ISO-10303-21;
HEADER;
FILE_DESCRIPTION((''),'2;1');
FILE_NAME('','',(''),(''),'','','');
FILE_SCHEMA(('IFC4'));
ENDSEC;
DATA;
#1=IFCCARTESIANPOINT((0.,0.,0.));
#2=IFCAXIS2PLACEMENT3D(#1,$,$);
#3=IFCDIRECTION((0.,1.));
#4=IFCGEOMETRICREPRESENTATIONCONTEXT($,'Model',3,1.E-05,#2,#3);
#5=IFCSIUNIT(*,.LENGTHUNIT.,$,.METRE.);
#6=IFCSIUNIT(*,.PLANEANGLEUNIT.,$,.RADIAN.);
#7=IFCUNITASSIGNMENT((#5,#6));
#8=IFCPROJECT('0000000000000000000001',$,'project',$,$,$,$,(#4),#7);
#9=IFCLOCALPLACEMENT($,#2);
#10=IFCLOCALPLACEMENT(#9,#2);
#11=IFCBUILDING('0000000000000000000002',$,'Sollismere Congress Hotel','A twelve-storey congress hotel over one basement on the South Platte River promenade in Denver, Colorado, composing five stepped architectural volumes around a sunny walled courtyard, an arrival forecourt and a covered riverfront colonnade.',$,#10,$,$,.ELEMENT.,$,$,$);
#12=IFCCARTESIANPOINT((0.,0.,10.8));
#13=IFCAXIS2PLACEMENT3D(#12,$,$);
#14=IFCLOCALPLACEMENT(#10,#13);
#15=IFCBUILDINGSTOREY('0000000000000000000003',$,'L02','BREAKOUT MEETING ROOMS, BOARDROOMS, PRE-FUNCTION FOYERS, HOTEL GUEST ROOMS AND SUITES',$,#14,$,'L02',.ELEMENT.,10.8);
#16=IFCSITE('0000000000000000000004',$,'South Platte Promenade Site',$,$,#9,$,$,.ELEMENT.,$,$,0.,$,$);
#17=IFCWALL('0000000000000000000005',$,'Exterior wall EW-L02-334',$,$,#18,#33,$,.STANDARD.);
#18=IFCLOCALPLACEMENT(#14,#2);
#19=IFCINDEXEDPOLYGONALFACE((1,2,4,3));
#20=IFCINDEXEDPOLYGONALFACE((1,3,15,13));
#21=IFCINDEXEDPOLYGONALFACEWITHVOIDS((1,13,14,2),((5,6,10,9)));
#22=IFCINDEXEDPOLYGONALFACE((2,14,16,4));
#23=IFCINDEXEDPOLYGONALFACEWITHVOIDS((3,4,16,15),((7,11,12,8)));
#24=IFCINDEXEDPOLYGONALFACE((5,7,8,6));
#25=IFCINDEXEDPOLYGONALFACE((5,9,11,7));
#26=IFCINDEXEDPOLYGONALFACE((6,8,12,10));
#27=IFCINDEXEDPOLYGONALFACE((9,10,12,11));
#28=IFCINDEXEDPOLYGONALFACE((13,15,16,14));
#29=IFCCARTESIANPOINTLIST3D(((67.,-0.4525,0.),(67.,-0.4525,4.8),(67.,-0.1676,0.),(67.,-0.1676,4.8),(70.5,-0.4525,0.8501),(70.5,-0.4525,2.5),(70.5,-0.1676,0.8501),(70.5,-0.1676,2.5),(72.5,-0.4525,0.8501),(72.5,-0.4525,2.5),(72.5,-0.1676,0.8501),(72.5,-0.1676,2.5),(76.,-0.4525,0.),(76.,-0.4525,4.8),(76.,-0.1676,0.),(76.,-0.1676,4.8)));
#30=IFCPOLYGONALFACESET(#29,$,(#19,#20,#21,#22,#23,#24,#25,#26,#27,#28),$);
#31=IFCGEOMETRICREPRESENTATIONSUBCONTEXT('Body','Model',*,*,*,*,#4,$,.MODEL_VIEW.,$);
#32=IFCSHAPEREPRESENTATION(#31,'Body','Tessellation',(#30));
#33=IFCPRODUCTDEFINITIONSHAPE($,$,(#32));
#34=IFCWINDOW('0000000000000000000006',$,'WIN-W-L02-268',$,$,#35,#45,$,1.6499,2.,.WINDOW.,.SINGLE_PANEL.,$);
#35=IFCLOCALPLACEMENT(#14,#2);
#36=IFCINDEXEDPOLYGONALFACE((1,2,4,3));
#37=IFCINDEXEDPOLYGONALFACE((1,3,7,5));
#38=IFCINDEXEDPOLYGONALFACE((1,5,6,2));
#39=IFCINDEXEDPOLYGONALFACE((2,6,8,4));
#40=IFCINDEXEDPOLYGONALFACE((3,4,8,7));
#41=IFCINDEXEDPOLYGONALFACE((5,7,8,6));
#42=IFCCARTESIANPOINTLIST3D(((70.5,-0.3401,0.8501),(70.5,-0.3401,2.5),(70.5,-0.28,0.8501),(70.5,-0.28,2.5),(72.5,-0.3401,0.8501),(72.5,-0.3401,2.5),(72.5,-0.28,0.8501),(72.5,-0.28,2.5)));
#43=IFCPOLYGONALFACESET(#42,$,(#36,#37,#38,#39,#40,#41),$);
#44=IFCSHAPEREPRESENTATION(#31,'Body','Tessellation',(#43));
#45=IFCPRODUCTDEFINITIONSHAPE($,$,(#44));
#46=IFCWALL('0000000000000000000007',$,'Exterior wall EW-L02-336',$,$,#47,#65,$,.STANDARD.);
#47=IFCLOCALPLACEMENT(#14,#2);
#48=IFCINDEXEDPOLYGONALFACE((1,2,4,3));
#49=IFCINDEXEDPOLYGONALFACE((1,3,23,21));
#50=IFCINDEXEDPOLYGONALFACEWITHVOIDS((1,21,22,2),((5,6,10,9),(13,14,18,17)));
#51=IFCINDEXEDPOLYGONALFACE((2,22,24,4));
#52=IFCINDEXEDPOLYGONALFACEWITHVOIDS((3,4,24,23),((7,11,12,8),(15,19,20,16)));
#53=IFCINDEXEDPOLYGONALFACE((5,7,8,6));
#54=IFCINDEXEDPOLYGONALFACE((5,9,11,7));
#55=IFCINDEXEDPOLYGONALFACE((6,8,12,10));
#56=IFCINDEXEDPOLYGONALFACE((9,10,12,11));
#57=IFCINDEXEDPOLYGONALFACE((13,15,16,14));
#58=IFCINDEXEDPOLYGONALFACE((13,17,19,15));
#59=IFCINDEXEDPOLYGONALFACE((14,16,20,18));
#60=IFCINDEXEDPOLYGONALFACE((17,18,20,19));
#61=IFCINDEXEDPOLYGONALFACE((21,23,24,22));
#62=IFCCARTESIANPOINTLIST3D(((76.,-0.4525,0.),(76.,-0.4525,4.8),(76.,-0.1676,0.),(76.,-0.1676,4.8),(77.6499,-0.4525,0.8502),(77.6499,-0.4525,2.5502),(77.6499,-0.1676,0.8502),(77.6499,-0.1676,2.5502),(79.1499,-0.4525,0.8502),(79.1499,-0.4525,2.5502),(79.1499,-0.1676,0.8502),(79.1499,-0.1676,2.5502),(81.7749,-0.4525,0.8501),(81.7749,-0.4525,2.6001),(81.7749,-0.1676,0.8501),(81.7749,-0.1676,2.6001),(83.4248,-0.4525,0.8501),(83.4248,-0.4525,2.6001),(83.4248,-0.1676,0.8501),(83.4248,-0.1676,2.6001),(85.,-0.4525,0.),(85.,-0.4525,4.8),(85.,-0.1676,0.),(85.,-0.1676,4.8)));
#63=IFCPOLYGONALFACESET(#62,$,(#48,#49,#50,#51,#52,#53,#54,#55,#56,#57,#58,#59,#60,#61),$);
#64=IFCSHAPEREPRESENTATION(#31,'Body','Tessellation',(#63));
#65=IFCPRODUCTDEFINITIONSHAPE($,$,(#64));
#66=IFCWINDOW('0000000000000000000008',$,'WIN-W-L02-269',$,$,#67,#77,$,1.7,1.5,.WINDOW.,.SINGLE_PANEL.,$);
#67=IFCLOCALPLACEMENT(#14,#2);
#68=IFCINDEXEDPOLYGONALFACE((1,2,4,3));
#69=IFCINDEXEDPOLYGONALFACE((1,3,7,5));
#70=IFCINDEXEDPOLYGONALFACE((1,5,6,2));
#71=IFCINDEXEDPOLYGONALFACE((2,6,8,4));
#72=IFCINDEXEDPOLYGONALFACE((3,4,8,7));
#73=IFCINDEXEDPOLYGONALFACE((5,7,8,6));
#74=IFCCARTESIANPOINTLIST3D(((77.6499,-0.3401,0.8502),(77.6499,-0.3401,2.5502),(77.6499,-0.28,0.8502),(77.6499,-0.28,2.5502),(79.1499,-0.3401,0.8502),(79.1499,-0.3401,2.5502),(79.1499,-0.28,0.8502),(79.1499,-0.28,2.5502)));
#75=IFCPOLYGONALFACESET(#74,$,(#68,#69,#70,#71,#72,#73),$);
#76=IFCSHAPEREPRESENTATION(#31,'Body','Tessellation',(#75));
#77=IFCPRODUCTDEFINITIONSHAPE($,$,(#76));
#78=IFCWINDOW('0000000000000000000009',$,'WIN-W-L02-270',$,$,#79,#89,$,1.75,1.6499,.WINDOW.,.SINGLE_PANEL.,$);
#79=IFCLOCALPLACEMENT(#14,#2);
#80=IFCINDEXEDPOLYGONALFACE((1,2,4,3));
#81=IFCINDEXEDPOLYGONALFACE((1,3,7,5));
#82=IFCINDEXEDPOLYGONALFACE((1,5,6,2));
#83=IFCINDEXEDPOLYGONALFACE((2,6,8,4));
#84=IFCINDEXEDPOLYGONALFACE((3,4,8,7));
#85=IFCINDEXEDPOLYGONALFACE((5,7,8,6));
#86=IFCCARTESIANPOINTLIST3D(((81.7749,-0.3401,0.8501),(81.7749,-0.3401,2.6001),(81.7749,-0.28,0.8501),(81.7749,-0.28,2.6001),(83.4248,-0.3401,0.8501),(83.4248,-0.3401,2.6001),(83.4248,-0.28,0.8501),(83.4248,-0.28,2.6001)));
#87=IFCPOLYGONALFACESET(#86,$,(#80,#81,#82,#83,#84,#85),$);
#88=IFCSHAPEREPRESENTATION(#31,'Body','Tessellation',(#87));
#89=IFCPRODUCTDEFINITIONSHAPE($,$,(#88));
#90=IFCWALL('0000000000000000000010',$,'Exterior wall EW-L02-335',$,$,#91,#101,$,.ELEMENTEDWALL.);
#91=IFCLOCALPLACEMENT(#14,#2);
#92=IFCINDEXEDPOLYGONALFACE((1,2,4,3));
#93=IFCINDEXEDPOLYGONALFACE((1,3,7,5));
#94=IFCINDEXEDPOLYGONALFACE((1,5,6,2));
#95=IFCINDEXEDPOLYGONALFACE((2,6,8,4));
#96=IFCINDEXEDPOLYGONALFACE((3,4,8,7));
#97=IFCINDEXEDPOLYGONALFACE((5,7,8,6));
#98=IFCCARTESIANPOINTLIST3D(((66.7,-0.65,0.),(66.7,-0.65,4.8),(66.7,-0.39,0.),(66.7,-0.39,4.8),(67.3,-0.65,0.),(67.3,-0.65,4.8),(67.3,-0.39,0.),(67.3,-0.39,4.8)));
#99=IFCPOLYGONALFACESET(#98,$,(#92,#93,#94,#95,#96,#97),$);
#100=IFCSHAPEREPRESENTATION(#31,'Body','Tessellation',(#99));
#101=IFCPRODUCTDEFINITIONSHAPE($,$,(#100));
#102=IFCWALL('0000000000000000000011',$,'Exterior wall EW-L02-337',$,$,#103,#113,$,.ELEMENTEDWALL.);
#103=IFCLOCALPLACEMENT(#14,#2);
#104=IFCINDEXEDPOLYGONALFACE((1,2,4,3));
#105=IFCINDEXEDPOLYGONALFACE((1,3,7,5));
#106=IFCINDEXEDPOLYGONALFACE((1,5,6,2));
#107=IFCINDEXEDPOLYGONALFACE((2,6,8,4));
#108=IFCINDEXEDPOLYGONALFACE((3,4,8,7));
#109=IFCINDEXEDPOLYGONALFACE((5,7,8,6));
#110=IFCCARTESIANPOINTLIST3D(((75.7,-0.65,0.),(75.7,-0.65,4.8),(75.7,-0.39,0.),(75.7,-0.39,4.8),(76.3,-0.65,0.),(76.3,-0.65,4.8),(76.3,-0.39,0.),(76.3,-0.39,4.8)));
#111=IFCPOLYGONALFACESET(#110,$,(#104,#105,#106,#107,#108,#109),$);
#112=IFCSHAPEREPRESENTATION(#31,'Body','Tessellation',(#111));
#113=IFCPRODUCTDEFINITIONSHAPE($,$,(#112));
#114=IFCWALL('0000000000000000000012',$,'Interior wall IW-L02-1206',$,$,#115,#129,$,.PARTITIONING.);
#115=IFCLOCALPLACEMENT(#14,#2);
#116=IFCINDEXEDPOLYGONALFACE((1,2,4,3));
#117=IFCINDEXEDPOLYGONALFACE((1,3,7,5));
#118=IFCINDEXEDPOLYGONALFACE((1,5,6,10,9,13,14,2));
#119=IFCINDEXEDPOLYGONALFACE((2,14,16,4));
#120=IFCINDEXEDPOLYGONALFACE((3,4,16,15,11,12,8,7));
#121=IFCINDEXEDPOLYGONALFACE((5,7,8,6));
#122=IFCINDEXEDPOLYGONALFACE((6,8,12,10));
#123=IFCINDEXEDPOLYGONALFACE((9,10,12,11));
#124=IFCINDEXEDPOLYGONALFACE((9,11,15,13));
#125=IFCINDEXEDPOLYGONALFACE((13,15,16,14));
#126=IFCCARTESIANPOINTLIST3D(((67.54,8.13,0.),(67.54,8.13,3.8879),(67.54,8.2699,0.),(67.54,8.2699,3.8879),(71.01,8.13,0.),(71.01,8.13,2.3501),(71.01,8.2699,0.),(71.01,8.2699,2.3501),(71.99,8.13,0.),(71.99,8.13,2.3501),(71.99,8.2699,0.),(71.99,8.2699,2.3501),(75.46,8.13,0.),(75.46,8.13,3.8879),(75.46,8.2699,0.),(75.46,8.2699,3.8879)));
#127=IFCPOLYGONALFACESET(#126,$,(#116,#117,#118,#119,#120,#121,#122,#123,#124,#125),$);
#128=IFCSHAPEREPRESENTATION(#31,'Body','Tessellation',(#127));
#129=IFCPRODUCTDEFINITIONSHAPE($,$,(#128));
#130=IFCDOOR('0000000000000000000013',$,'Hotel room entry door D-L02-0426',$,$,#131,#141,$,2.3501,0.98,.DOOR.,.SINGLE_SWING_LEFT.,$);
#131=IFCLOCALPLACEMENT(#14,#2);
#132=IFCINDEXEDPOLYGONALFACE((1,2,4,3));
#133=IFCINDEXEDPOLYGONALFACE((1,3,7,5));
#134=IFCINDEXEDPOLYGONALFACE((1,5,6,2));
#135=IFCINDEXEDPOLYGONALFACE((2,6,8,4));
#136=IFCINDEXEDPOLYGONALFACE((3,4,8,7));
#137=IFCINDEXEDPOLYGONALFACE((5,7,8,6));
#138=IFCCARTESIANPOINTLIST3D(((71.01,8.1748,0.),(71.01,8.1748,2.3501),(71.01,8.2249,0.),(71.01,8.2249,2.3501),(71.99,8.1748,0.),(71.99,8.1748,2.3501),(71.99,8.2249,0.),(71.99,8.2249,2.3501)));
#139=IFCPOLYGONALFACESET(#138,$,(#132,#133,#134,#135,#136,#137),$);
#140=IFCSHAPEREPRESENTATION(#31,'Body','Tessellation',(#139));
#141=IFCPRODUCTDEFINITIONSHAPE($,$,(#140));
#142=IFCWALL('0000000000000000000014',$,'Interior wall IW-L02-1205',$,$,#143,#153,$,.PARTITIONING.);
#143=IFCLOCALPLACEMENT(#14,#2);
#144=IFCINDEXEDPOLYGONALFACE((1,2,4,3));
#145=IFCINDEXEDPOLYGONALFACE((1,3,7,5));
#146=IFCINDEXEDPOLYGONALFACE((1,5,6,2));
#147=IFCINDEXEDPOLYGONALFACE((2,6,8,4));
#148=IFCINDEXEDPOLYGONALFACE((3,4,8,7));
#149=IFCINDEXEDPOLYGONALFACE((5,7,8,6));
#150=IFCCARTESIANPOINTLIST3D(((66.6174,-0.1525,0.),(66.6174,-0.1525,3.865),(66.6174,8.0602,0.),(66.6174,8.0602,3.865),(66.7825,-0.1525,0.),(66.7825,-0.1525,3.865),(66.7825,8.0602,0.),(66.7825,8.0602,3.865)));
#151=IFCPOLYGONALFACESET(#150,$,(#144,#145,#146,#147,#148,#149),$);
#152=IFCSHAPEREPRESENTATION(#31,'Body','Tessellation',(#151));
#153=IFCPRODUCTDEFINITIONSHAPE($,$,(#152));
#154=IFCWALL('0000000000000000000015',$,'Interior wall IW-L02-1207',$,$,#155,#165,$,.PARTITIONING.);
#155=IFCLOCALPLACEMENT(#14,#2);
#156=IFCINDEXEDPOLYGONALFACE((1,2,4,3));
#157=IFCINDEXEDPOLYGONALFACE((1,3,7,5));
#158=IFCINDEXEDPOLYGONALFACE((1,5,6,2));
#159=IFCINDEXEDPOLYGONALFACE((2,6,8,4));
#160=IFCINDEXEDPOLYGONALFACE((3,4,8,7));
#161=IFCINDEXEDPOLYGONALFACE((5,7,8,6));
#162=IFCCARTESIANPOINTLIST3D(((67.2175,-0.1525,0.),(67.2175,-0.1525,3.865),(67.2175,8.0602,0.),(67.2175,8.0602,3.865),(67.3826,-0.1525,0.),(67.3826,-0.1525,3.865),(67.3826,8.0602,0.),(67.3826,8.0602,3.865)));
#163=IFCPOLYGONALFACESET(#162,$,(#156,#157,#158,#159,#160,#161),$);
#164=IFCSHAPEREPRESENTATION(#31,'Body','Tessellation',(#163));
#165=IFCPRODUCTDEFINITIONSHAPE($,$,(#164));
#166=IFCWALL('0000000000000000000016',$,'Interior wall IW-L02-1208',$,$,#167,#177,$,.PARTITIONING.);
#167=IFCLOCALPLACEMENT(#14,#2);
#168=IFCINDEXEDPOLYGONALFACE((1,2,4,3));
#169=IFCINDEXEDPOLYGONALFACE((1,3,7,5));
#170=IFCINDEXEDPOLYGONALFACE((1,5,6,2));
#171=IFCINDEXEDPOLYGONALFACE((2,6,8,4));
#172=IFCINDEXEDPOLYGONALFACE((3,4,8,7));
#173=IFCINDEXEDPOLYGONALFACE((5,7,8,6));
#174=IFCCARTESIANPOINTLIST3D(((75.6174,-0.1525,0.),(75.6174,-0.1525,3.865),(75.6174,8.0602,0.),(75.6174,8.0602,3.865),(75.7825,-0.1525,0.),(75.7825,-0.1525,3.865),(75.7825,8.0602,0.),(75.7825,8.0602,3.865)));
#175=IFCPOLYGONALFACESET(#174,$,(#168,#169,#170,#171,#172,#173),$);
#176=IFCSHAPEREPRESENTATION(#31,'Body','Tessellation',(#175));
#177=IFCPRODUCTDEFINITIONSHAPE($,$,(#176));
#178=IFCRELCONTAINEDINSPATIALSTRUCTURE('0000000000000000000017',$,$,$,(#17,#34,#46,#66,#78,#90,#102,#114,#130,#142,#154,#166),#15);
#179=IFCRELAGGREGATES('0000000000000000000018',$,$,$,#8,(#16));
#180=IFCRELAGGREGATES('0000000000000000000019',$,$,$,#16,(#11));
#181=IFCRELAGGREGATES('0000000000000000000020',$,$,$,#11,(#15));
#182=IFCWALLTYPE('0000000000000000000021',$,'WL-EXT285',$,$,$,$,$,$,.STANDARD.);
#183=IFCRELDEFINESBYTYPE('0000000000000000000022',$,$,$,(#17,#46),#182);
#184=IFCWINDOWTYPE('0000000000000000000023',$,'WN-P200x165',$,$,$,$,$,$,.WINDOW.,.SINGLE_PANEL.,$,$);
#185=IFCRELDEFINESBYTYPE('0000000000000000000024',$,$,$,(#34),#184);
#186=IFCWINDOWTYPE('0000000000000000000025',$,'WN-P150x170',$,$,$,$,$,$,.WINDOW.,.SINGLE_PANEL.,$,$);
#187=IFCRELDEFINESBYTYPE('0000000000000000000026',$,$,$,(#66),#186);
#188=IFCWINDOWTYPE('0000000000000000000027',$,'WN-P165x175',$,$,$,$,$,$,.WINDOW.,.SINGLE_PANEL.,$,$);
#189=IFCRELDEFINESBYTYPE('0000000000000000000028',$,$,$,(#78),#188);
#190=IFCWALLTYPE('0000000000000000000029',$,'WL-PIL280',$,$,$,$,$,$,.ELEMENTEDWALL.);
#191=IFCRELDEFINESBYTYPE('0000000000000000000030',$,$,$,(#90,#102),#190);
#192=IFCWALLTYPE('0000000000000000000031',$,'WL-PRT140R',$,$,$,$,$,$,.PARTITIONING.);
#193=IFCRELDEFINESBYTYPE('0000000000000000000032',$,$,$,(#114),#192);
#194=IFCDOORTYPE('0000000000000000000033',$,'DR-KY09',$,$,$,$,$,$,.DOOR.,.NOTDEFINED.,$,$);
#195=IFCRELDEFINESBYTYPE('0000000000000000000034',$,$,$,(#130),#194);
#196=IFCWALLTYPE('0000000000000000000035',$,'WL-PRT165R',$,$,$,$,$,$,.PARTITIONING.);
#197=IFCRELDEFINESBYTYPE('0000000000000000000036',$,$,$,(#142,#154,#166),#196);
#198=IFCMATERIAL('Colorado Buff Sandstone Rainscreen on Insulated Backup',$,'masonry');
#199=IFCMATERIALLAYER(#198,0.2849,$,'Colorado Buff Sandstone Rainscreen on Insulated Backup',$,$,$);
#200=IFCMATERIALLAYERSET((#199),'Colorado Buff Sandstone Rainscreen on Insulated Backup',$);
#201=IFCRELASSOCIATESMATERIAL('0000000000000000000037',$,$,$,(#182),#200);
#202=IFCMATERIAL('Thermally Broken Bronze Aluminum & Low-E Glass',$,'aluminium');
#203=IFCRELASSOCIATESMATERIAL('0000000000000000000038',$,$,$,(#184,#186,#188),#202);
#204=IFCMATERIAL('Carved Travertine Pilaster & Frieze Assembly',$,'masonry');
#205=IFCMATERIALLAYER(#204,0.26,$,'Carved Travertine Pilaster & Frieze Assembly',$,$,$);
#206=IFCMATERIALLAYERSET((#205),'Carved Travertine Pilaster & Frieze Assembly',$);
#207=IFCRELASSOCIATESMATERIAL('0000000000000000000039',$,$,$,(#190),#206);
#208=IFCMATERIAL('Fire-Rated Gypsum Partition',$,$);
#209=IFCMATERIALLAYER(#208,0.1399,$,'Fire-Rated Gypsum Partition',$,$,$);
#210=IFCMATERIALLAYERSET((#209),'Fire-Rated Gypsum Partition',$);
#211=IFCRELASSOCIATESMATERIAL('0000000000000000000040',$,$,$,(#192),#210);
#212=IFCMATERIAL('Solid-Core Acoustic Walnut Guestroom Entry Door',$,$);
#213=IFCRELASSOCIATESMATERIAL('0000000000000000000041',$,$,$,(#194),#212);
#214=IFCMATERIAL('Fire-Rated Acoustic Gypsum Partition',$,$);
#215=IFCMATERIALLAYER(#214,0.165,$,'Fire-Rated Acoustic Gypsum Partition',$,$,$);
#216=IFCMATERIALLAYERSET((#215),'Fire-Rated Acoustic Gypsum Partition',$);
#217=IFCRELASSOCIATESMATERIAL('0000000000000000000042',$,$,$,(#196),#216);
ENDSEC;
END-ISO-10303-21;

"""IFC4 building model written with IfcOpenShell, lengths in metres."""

from ifc_helpers import new_model, si_unit, direction, frame, frame_2d, origin, place, context, subcontext, project, spatial, rectangle, extrude, material, layer, layer_set, type_object, element, fill, save


model = new_model("IFC4")

# Units and contexts
model_context = context("Model", 3, precision=1e-05, world=origin(), true_north=direction((0.0, 1.0)))
body_context = subcontext(model_context, "Body", "Model", "MODEL_VIEW")
ifc_project = project(units=[si_unit("LENGTHUNIT", "METRE"), si_unit("PLANEANGLEUNIT", "RADIAN")], contexts=[model_context])

# Site, building, storey
site_placement = place(None, origin())
site = spatial("IfcSite", under=ifc_project, at=site_placement, Name="South Platte Promenade Site", CompositionType="ELEMENT", RefElevation=0.0)
building_placement = place(site_placement, origin())
building = spatial("IfcBuilding", under=site, at=building_placement, Name="Sollismere Congress Hotel", Description="A twelve-storey congress hotel over one basement on the South Platte River promenade in Denver, Colorado, composing five stepped architectural volumes around a sunny walled courtyard, an arrival forecourt and a covered riverfront colonnade.", CompositionType="ELEMENT")
storey_placement = place(building_placement, frame((0.0, 0.0, 10.8)))
storey = spatial("IfcBuildingStorey", under=building, at=storey_placement, Name="L02", Description="BREAKOUT MEETING ROOMS, BOARDROOMS, PRE-FUNCTION FOYERS, HOTEL GUEST ROOMS AND SUITES", LongName="L02", CompositionType="ELEMENT", Elevation=10.8)

# Wall, opening, window
ifc_material_1 = material(Name="Colorado Buff Sandstone Rainscreen on Insulated Backup", Category="masonry")
ifc_layer_1 = layer(ifc_material_1, 0.2849, Name="Colorado Buff Sandstone Rainscreen on Insulated Backup")
ifc_layer_set_1 = layer_set([ifc_layer_1], Name="Colorado Buff Sandstone Rainscreen on Insulated Backup")
wall_type_1 = type_object("IfcWallType", Name="WL-EXT285", PredefinedType="STANDARD", material=ifc_layer_set_1)
wall_1_placement = place(storey_placement, frame((67.0, -0.3101, 0.0), z_axis=(0.0, 0.0, 1.0), x_axis=(1.0, 0.0, 0.0)))
wall_1 = element("IfcWall", 1, at=wall_1_placement, inside=storey, type_object=wall_type_1, Name="Exterior wall EW-L02-334", PredefinedType="STANDARD", context=body_context, shape_type="SweptSolid", body=[
    extrude(rectangle(XDim=9.0, YDim=0.2849, at=frame_2d((4.5, 0.0))), origin(), (0.0, 0.0, 1.0), 4.8),
])
opening_1_placement = place(wall_1_placement, frame((3.5, 0.0, 0.8501)))
opening_1 = element("IfcOpeningElement", 2, at=opening_1_placement, cuts=wall_1, PredefinedType="OPENING", context=body_context, shape_type="SweptSolid", body=[
    extrude(rectangle(XDim=2.0, YDim=1.6499, at=frame_2d((1.0, 0.825))), frame((0.0, 0.1523, 0.0), z_axis=(0.0, -1.0, 0.0), x_axis=(1.0, 0.0, 0.0)), (0.0, 0.0, 1.0), 0.3049),
])
ifc_material_2 = material(Name="Thermally Broken Bronze Aluminum & Low-E Glass", Category="aluminium")
window_type_1 = type_object("IfcWindowType", Name="WN-P200x165", PartitioningType="SINGLE_PANEL", PredefinedType="WINDOW", material=ifc_material_2)
window_1_placement = place(opening_1_placement, origin())
window_1 = element("IfcWindow", 3, at=window_1_placement, inside=storey, type_object=window_type_1, Name="WIN-W-L02-268", OverallHeight=1.6499, OverallWidth=2.0, PartitioningType="SINGLE_PANEL", PredefinedType="WINDOW", context=body_context, shape_type="SweptSolid", body=[
    extrude(rectangle(XDim=2.0, YDim=1.6499, at=frame_2d((1.0, 0.825))), frame((0.0, 0.03, 0.0), z_axis=(0.0, -1.0, 0.0), x_axis=(1.0, 0.0, 0.0)), (0.0, 0.0, 1.0), 0.0601),
])
fill(opening_1, window_1)

# Wall, openings, windows
wall_2_placement = place(storey_placement, frame((76.0, -0.3101, 0.0), z_axis=(0.0, 0.0, 1.0), x_axis=(1.0, 0.0, 0.0)))
wall_2 = element("IfcWall", 4, at=wall_2_placement, inside=storey, type_object=wall_type_1, Name="Exterior wall EW-L02-336", PredefinedType="STANDARD", context=body_context, shape_type="SweptSolid", body=[
    extrude(rectangle(XDim=9.0, YDim=0.2849, at=frame_2d((4.5, 0.0))), origin(), (0.0, 0.0, 1.0), 4.8),
])
opening_2_placement = place(wall_2_placement, frame((1.6499, 0.0, 0.8501)))
opening_2 = element("IfcOpeningElement", 5, at=opening_2_placement, cuts=wall_2, PredefinedType="OPENING", context=body_context, shape_type="SweptSolid", body=[
    extrude(rectangle(XDim=1.5, YDim=1.7, at=frame_2d((0.75, 0.8501))), frame((0.0, 0.1523, 0.0), z_axis=(0.0, -1.0, 0.0), x_axis=(1.0, 0.0, 0.0)), (0.0, 0.0, 1.0), 0.3049),
])
opening_3_placement = place(wall_2_placement, frame((5.7749, 0.0, 0.8501)))
opening_3 = element("IfcOpeningElement", 6, at=opening_3_placement, cuts=wall_2, PredefinedType="OPENING", context=body_context, shape_type="SweptSolid", body=[
    extrude(rectangle(XDim=1.6499, YDim=1.75, at=frame_2d((0.825, 0.875))), frame((0.0, 0.1523, 0.0), z_axis=(0.0, -1.0, 0.0), x_axis=(1.0, 0.0, 0.0)), (0.0, 0.0, 1.0), 0.3049),
])
window_type_2 = type_object("IfcWindowType", Name="WN-P150x170", PartitioningType="SINGLE_PANEL", PredefinedType="WINDOW", material=ifc_material_2)
window_2_placement = place(opening_2_placement, origin())
window_2 = element("IfcWindow", 7, at=window_2_placement, inside=storey, type_object=window_type_2, Name="WIN-W-L02-269", OverallHeight=1.7, OverallWidth=1.5, PartitioningType="SINGLE_PANEL", PredefinedType="WINDOW", context=body_context, shape_type="SweptSolid", body=[
    extrude(rectangle(XDim=1.5, YDim=1.7, at=frame_2d((0.75, 0.8501))), frame((0.0, 0.03, 0.0), z_axis=(0.0, -1.0, 0.0), x_axis=(1.0, 0.0, 0.0)), (0.0, 0.0, 1.0), 0.0601),
])
fill(opening_2, window_2)
window_type_3 = type_object("IfcWindowType", Name="WN-P165x175", PartitioningType="SINGLE_PANEL", PredefinedType="WINDOW", material=ifc_material_2)
window_3_placement = place(opening_3_placement, origin())
window_3 = element("IfcWindow", 8, at=window_3_placement, inside=storey, type_object=window_type_3, Name="WIN-W-L02-270", OverallHeight=1.75, OverallWidth=1.6499, PartitioningType="SINGLE_PANEL", PredefinedType="WINDOW", context=body_context, shape_type="SweptSolid", body=[
    extrude(rectangle(XDim=1.6499, YDim=1.75, at=frame_2d((0.825, 0.875))), frame((0.0, 0.03, 0.0), z_axis=(0.0, -1.0, 0.0), x_axis=(1.0, 0.0, 0.0)), (0.0, 0.0, 1.0), 0.0601),
])
fill(opening_3, window_3)

# Walls
ifc_material_3 = material(Name="Carved Travertine Pilaster & Frieze Assembly", Category="masonry")
ifc_layer_2 = layer(ifc_material_3, 0.26, Name="Carved Travertine Pilaster & Frieze Assembly")
ifc_layer_set_2 = layer_set([ifc_layer_2], Name="Carved Travertine Pilaster & Frieze Assembly")
wall_type_2 = type_object("IfcWallType", Name="WL-PIL280", PredefinedType="ELEMENTEDWALL", material=ifc_layer_set_2)
for number, where, z_axis, x_axis, name in (
    (9, (66.7, -0.52, 0.0), (0.0, 0.0, 1.0), (1.0, 0.0, 0.0), "Exterior wall EW-L02-335"),
    (10, (75.7, -0.52, 0.0), (0.0, 0.0, 1.0), (1.0, 0.0, 0.0), "Exterior wall EW-L02-337"),
):
    element("IfcWall", number, at=place(storey_placement, frame(where, z_axis=z_axis, x_axis=x_axis)), inside=storey, type_object=wall_type_2, Name=name, PredefinedType="ELEMENTEDWALL", context=body_context, shape_type="SweptSolid", body=[
        extrude(rectangle(XDim=0.6001, YDim=0.26, at=frame_2d((0.3, 0.0))), origin(), (0.0, 0.0, 1.0), 4.8),
    ])

# Wall, opening, door
ifc_material_4 = material(Name="Fire-Rated Gypsum Partition")
ifc_layer_3 = layer(ifc_material_4, 0.1399, Name="Fire-Rated Gypsum Partition")
ifc_layer_set_3 = layer_set([ifc_layer_3], Name="Fire-Rated Gypsum Partition")
wall_type_3 = type_object("IfcWallType", Name="WL-PRT140R", PredefinedType="PARTITIONING", material=ifc_layer_set_3)
wall_3_placement = place(storey_placement, frame((67.54, 8.2, 0.0), z_axis=(0.0, 0.0, 1.0), x_axis=(1.0, 0.0, 0.0)))
wall_3 = element("IfcWall", 11, at=wall_3_placement, inside=storey, type_object=wall_type_3, Name="Interior wall IW-L02-1206", PredefinedType="PARTITIONING", context=body_context, shape_type="SweptSolid", body=[
    extrude(rectangle(XDim=7.9199, YDim=0.1399, at=frame_2d((3.96, 0.0))), origin(), (0.0, 0.0, 1.0), 3.8879),
])
opening_4_placement = place(wall_3_placement, frame((3.47, 0.0, 0.0)))
opening_4 = element("IfcOpeningElement", 12, at=opening_4_placement, cuts=wall_3, PredefinedType="OPENING", context=body_context, shape_type="SweptSolid", body=[
    extrude(rectangle(XDim=0.98, YDim=2.3501, at=frame_2d((0.49, 1.175))), frame((0.0, 0.0798, 0.0), z_axis=(0.0, -1.0, 0.0), x_axis=(1.0, 0.0, 0.0)), (0.0, 0.0, 1.0), 0.1599),
])
ifc_material_5 = material(Name="Solid-Core Acoustic Walnut Guestroom Entry Door")
door_type = type_object("IfcDoorType", Name="DR-KY09", OperationType="NOTDEFINED", PredefinedType="DOOR", material=ifc_material_5)
door_placement = place(opening_4_placement, origin())
door = element("IfcDoor", 13, at=door_placement, inside=storey, type_object=door_type, Name="Hotel room entry door D-L02-0426", OperationType="SINGLE_SWING_LEFT", OverallHeight=2.3501, OverallWidth=0.98, PredefinedType="DOOR", context=body_context, shape_type="SweptSolid", body=[
    extrude(rectangle(XDim=0.98, YDim=2.3501, at=frame_2d((0.49, 1.175))), frame((0.0, 0.0249, 0.0), z_axis=(0.0, -1.0, 0.0), x_axis=(1.0, 0.0, 0.0)), (0.0, 0.0, 1.0), 0.05),
])
fill(opening_4, door)

# Walls
ifc_material_6 = material(Name="Fire-Rated Acoustic Gypsum Partition")
ifc_layer_4 = layer(ifc_material_6, 0.165, Name="Fire-Rated Acoustic Gypsum Partition")
ifc_layer_set_4 = layer_set([ifc_layer_4], Name="Fire-Rated Acoustic Gypsum Partition")
wall_type_4 = type_object("IfcWallType", Name="WL-PRT165R", PredefinedType="PARTITIONING", material=ifc_layer_set_4)
for number, where, z_axis, x_axis, name in (
    (14, (66.7, -0.1526, 0.0), (0.0, 0.0, 1.0), (0.0, 1.0, 0.0), "Interior wall IW-L02-1205"),
    (15, (67.3, -0.1526, 0.0), (0.0, 0.0, 1.0), (0.0, 1.0, 0.0), "Interior wall IW-L02-1207"),
    (16, (75.7, -0.1526, 0.0), (0.0, 0.0, 1.0), (0.0, 1.0, 0.0), "Interior wall IW-L02-1208"),
):
    element("IfcWall", number, at=place(storey_placement, frame(where, z_axis=z_axis, x_axis=x_axis)), inside=storey, type_object=wall_type_4, Name=name, PredefinedType="PARTITIONING", context=body_context, shape_type="SweptSolid", body=[
        extrude(rectangle(XDim=8.2126, YDim=0.165, at=frame_2d((4.1064, 0.0))), origin(), (0.0, 0.0, 1.0), 3.865),
    ])

save(model, "model.ifc")
